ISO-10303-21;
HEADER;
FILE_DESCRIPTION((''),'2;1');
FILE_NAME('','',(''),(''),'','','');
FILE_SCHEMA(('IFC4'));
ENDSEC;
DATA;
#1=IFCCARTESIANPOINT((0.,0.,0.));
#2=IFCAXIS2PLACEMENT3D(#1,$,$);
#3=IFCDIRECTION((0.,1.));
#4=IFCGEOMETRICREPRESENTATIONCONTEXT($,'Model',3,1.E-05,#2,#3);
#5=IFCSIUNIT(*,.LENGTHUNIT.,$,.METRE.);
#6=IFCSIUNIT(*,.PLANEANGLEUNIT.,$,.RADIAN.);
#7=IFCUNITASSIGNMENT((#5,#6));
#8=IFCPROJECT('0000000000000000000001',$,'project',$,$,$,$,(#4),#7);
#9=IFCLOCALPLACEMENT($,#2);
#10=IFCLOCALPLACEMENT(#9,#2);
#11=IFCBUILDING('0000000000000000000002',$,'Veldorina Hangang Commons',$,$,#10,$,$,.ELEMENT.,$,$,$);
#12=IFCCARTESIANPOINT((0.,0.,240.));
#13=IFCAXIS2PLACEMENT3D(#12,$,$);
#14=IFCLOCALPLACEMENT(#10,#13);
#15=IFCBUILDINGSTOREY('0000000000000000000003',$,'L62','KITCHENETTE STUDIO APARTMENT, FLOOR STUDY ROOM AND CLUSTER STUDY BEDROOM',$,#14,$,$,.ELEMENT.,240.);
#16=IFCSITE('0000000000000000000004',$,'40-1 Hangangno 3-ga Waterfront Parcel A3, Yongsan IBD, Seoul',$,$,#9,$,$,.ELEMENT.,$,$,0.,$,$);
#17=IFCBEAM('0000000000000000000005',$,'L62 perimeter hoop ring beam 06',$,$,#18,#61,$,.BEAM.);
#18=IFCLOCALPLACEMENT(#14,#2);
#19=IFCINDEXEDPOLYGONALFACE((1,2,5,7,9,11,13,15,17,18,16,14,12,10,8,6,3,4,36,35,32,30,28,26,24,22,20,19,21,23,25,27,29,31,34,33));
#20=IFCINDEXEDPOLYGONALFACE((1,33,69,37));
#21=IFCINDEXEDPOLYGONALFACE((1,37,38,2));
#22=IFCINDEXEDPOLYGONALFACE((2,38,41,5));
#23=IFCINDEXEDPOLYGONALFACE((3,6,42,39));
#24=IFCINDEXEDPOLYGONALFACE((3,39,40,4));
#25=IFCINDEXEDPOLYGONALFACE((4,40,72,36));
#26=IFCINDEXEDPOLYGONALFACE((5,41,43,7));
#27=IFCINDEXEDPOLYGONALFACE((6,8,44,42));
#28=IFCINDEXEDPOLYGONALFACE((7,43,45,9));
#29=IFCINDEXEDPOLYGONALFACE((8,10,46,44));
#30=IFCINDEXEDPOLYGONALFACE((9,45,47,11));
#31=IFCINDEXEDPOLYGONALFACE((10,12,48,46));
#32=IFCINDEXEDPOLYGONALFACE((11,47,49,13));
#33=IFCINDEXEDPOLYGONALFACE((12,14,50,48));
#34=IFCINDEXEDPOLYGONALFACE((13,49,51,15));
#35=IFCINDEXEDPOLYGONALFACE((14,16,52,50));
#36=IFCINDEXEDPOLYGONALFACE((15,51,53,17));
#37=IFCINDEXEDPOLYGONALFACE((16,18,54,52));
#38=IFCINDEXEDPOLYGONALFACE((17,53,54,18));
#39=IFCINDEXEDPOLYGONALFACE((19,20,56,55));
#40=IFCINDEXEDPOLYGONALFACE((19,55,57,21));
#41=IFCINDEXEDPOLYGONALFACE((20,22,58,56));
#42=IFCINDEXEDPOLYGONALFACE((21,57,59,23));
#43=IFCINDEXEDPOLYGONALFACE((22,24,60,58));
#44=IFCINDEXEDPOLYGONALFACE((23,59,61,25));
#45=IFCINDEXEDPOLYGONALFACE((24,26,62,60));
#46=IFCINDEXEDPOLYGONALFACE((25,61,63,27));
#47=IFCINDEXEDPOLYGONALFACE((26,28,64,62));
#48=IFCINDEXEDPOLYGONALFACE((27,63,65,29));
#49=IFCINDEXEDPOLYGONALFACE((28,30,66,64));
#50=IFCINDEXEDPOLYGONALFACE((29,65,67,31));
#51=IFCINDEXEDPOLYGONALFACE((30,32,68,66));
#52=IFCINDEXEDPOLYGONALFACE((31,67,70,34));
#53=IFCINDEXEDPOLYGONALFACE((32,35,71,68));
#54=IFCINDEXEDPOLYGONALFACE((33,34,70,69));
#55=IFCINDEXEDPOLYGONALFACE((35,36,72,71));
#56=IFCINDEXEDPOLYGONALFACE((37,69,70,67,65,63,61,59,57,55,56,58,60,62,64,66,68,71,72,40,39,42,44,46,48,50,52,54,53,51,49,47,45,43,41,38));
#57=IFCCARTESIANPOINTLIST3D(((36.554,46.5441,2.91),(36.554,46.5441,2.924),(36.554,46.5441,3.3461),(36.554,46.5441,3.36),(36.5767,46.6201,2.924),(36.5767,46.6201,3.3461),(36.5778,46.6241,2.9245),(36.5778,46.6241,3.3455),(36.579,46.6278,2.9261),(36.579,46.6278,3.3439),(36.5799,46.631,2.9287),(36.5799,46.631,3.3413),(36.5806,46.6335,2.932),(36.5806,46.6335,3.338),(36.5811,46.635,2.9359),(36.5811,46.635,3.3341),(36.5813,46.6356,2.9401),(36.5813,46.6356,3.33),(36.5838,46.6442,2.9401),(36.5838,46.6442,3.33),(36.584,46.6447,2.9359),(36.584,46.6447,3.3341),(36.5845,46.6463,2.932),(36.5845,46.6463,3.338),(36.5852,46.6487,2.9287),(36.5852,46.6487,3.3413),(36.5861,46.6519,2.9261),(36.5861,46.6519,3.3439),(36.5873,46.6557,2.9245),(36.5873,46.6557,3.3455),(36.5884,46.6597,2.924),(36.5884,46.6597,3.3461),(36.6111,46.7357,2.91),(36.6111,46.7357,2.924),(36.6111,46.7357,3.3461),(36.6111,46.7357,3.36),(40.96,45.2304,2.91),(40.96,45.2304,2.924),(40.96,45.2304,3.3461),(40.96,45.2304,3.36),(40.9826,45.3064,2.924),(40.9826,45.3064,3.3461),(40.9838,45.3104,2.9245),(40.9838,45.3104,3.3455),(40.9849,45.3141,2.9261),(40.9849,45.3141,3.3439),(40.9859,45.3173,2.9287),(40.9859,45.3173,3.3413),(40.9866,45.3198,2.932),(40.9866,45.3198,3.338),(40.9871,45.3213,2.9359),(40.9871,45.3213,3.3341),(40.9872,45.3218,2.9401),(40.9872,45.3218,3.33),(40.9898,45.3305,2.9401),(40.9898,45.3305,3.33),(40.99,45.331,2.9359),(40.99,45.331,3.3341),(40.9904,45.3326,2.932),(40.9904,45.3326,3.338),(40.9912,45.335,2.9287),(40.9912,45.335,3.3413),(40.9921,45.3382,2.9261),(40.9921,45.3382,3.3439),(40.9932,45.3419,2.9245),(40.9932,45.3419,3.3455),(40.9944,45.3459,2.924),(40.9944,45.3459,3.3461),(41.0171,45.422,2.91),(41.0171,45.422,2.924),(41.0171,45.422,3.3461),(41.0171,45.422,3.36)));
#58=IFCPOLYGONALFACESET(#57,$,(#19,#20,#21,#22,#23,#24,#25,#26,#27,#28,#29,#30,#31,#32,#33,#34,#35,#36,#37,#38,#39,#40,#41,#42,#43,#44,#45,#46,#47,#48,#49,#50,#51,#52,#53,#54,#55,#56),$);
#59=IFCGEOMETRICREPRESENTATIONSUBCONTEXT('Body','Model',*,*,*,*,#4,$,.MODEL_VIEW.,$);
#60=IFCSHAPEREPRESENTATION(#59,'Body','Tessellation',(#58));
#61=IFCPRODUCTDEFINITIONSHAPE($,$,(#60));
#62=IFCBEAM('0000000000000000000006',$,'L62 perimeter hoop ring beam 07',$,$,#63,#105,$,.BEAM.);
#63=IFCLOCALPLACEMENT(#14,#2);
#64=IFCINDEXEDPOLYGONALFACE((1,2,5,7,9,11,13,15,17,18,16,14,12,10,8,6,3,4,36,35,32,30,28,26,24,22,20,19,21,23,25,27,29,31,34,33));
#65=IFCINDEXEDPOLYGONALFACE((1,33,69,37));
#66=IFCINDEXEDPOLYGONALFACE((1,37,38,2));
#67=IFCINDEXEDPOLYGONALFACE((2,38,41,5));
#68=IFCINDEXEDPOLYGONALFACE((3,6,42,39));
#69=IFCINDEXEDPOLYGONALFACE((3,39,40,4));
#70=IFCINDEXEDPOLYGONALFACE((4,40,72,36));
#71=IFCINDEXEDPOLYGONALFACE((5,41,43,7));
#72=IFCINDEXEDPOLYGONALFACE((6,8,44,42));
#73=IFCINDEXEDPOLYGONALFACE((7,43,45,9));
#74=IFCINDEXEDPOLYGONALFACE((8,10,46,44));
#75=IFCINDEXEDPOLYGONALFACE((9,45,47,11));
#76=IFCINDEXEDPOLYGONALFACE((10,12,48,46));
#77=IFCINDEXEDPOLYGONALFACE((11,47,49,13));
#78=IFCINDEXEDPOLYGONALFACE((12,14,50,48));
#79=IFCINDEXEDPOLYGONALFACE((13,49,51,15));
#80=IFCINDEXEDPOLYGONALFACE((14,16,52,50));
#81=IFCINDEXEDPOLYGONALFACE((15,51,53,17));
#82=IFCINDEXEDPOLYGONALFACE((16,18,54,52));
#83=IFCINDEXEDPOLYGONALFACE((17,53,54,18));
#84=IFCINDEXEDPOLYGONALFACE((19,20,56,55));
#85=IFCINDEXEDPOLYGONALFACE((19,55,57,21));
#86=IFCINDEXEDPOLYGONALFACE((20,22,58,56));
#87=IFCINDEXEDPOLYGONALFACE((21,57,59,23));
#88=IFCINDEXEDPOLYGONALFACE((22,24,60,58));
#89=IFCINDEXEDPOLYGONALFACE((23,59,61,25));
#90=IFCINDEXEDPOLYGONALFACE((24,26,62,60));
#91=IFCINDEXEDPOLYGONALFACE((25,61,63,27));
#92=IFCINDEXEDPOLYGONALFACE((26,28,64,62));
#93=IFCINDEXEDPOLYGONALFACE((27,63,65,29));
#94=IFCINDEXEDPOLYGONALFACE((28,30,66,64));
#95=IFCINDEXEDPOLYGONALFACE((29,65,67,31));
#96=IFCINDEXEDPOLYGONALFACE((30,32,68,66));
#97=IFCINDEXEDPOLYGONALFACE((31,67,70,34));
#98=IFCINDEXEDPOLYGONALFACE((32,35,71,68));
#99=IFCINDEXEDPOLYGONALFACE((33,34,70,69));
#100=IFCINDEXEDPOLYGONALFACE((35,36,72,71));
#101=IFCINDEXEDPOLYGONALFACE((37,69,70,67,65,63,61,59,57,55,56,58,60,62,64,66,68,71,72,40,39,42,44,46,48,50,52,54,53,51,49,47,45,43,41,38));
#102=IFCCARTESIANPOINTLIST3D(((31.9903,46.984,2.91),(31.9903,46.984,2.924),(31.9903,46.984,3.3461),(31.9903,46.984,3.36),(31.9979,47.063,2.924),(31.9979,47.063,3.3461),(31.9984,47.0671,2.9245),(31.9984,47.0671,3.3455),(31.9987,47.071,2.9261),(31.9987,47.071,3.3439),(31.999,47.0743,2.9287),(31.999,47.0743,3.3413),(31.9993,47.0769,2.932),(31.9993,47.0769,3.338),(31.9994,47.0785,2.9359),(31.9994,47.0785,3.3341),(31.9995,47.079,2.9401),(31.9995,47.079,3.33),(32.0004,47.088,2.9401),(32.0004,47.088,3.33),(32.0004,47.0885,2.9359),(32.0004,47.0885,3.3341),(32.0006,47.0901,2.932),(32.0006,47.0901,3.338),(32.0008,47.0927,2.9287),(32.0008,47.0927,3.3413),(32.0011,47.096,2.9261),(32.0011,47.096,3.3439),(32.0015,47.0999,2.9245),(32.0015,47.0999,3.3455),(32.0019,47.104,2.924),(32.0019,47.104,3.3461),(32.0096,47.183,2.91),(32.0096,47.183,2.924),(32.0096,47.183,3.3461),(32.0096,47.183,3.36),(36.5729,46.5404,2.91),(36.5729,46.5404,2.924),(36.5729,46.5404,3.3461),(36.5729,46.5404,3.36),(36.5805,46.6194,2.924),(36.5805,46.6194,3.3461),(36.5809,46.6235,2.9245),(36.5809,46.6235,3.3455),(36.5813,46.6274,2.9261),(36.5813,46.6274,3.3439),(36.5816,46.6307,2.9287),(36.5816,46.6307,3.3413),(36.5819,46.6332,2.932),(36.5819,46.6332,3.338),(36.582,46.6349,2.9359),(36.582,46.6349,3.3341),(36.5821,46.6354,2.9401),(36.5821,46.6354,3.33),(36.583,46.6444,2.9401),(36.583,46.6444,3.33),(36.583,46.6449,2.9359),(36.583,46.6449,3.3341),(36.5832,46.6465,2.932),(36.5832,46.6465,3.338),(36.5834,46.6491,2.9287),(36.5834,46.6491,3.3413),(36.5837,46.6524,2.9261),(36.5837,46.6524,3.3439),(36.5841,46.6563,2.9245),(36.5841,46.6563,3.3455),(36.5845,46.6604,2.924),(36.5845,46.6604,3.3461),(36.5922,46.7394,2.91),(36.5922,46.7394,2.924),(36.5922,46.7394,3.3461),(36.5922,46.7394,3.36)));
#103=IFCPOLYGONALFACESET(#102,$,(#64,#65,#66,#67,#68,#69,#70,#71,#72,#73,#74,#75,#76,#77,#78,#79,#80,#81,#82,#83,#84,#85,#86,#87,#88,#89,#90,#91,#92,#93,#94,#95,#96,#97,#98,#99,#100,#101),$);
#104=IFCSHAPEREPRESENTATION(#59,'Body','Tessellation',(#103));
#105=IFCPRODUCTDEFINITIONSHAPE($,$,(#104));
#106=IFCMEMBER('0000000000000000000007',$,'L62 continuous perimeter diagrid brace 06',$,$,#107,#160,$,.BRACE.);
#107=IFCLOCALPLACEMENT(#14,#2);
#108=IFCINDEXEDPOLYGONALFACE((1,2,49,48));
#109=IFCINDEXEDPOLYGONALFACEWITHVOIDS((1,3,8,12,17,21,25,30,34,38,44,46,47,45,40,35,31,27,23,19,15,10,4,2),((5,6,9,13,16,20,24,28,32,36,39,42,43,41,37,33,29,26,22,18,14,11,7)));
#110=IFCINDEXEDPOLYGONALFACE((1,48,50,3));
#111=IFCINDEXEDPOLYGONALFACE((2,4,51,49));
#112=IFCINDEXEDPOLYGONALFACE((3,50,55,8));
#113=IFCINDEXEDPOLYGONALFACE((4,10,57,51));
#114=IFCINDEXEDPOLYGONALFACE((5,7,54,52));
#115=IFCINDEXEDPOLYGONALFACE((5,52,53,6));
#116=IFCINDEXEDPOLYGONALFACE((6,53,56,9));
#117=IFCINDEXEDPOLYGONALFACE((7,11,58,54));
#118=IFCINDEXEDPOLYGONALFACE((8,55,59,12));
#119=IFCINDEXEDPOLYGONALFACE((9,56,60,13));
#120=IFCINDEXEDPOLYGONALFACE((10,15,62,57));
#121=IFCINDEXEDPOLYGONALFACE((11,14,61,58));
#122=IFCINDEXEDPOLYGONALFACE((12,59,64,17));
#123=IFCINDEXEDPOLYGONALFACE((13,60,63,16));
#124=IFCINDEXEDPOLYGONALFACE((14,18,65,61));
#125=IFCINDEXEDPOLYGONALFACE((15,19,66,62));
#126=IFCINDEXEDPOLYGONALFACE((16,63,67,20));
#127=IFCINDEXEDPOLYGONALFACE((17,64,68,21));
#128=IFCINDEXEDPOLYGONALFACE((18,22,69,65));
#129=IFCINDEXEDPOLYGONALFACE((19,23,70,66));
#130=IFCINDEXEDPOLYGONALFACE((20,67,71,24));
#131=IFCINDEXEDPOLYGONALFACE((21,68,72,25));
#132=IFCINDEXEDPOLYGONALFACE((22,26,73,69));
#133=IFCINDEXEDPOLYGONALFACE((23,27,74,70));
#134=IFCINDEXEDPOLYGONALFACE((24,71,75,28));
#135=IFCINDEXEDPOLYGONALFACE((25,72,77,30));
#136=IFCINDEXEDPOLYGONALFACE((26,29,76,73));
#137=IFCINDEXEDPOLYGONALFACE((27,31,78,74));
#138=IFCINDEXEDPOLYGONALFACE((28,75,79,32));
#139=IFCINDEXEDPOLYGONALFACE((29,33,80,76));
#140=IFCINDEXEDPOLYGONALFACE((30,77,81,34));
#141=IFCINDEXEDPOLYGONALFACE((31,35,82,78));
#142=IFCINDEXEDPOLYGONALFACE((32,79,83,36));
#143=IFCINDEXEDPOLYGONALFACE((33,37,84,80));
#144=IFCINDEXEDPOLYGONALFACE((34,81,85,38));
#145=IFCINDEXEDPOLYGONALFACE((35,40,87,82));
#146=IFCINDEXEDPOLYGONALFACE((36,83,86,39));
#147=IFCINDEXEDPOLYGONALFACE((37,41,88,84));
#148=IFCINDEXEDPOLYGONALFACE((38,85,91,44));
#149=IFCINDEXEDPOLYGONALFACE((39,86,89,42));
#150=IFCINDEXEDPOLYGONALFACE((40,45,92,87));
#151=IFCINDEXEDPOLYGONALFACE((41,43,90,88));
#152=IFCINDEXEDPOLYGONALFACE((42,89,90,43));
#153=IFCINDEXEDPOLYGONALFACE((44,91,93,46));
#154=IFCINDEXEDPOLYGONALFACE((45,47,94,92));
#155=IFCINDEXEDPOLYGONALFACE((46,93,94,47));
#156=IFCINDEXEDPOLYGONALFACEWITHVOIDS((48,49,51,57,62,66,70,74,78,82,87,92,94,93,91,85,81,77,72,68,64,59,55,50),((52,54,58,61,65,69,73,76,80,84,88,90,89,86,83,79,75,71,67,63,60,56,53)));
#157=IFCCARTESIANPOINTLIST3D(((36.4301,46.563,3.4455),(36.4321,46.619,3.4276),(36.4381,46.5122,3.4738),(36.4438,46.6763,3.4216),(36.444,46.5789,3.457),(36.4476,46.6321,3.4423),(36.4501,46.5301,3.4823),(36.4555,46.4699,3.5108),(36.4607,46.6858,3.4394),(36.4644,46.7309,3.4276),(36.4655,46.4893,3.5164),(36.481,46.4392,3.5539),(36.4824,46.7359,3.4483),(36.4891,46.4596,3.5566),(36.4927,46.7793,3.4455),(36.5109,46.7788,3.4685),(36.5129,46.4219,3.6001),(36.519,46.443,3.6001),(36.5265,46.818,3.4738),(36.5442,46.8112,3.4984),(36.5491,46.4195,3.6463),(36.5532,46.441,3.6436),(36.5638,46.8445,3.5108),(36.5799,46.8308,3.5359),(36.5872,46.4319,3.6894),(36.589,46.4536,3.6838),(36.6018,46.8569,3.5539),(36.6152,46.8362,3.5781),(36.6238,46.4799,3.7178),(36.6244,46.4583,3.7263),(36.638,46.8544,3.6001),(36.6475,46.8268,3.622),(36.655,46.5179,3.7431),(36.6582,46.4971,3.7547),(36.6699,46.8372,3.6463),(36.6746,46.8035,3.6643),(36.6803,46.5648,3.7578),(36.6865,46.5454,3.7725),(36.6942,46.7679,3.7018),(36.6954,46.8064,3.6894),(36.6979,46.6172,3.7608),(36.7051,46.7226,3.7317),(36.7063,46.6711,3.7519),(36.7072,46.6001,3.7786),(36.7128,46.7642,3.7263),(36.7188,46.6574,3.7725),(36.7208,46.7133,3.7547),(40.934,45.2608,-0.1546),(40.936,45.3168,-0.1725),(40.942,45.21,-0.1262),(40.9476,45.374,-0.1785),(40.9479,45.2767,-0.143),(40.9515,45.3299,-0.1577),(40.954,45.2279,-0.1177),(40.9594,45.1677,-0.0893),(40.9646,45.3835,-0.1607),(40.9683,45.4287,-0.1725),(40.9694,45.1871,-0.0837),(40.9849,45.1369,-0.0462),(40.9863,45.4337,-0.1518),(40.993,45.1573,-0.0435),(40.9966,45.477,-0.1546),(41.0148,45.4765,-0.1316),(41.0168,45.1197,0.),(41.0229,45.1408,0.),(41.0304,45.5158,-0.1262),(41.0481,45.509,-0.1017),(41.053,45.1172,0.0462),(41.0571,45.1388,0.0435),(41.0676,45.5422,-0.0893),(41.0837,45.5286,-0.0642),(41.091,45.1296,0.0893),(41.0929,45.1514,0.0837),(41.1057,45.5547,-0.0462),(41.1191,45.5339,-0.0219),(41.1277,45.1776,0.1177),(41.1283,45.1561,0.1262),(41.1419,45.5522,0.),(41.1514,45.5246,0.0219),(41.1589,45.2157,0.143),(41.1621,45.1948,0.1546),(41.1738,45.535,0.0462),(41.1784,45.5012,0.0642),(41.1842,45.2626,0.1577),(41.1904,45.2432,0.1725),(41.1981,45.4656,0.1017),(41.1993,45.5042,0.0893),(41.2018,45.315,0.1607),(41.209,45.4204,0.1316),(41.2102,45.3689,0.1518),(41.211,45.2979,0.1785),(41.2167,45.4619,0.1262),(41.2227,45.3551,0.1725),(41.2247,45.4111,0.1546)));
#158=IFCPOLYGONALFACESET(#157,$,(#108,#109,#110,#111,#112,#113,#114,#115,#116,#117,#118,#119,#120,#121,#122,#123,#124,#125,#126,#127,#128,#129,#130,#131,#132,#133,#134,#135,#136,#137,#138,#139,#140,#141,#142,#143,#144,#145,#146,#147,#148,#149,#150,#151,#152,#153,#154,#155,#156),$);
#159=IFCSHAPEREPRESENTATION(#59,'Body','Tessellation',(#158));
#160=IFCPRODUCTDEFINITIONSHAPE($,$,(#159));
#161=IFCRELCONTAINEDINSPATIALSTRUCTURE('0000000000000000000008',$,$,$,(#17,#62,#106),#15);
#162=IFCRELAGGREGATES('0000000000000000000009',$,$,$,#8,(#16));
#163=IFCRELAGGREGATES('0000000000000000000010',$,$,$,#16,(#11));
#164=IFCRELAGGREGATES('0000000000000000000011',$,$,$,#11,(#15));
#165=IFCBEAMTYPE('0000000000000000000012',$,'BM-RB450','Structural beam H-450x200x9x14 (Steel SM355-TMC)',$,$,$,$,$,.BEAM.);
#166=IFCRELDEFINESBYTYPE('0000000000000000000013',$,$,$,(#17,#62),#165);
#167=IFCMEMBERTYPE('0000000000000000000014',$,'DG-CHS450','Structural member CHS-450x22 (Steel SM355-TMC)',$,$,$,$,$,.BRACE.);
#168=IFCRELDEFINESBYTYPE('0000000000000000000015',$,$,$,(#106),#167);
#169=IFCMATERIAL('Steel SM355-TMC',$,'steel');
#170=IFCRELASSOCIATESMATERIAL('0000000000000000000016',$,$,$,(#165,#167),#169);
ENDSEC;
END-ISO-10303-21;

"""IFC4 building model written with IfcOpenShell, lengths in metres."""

from ifc_helpers import new_model, si_unit, direction, frame, origin, origin_2d, place, context, subcontext, project, spatial, hollow_circle, i_section, extrude, material, material_profile, profile_set, type_object, element, save


model = new_model("IFC4")

# Units and contexts
model_context = context("Model", 3, precision=1e-05, world=origin(), true_north=direction((0.0, 1.0)))
body_context = subcontext(model_context, "Body", "Model", "MODEL_VIEW")
ifc_project = project(units=[si_unit("LENGTHUNIT", "METRE"), si_unit("PLANEANGLEUNIT", "RADIAN")], contexts=[model_context])

# Site, building, storey
site_placement = place(None, origin())
site = spatial("IfcSite", under=ifc_project, at=site_placement, Name="40-1 Hangangno 3-ga Waterfront Parcel A3, Yongsan IBD, Seoul", CompositionType="ELEMENT", RefElevation=0.0)
building_placement = place(site_placement, origin())
building = spatial("IfcBuilding", under=site, at=building_placement, Name="Veldorina Hangang Commons", CompositionType="ELEMENT")
storey_placement = place(building_placement, frame((0.0, 0.0, 240.0)))
storey = spatial("IfcBuildingStorey", under=building, at=storey_placement, Name="L62", Description="KITCHENETTE STUDIO APARTMENT, FLOOR STUDY ROOM AND CLUSTER STUDY BEDROOM", CompositionType="ELEMENT", Elevation=240.0)

# Beams
ifc_material_1 = material(Name="Steel SM355-TMC", Category="steel")
ifc_material_profile_1 = material_profile(ifc_material_1, i_section(OverallWidth=0.2, OverallDepth=0.45, WebThickness=0.009, FlangeThickness=0.0139, FilletRadius=0.0161, at=origin_2d()), Name="H-450x200x9x14")
ifc_profile_set_1 = profile_set([ifc_material_profile_1], Name="Steel SM355-TMC")
beam_type = type_object("IfcBeamType", Name="BM-RB450", Description="Structural beam H-450x200x9x14 (Steel SM355-TMC)", PredefinedType="BEAM", material=ifc_profile_set_1)
beam_1_placement = place(storey_placement, frame((40.9885, 45.3262, 3.135), z_axis=(-0.958309, 0.285735, 0.0), x_axis=(-0.285735, -0.958309, 0.0)))
element("IfcBeam", 1, at=beam_1_placement, inside=storey, type_object=beam_type, Name="L62 perimeter hoop ring beam 06", PredefinedType="BEAM", context=body_context, shape_type="SweptSolid", body=[
    extrude(i_section(OverallWidth=0.2, OverallDepth=0.45, WebThickness=0.009, FlangeThickness=0.0139, FilletRadius=0.0161, at=origin_2d()), origin(), (0.0, 0.0, 1.0), 4.5977),
])
beam_2_placement = place(storey_placement, frame((36.5825, 46.6399, 3.135), z_axis=(-0.995347, 0.096353, 0.0), x_axis=(-0.096353, -0.995347, 0.0)))
element("IfcBeam", 2, at=beam_2_placement, inside=storey, type_object=beam_type, Name="L62 perimeter hoop ring beam 07", PredefinedType="BEAM", context=body_context, shape_type="SweptSolid", body=[
    extrude(i_section(OverallWidth=0.2, OverallDepth=0.45, WebThickness=0.009, FlangeThickness=0.0139, FilletRadius=0.0161, at=origin_2d()), origin(), (0.0, 0.0, 1.0), 4.604),
])

# Member
ifc_material_profile_2 = material_profile(ifc_material_1, hollow_circle(Radius=0.2251, WallThickness=0.022, at=origin_2d()), Name="CHS-450x22")
ifc_profile_set_2 = profile_set([ifc_material_profile_2], Name="Steel SM355-TMC")
member_type_1 = type_object("IfcMemberType", Name="DG-CHS450", Description="Structural member CHS-450x22 (Steel SM355-TMC)", PredefinedType="BRACE", material=ifc_profile_set_2)
member_1_placement = place(storey_placement, frame((41.0793, 45.3359, 0.0), z_axis=(-0.761934, 0.220303, 0.609035), x_axis=(-0.27776, -0.960651, 0.0)))
element("IfcMember", 3, at=member_1_placement, inside=storey, type_object=member_type_1, Name="L62 continuous perimeter diagrid brace 06", PredefinedType="BRACE", context=body_context, shape_type="SweptSolid", body=[
    extrude(hollow_circle(Radius=0.2251, WallThickness=0.022, at=origin_2d()), origin(), (0.0, 0.0, 1.0), 5.9111),
])

save(model, "model.ifc")
